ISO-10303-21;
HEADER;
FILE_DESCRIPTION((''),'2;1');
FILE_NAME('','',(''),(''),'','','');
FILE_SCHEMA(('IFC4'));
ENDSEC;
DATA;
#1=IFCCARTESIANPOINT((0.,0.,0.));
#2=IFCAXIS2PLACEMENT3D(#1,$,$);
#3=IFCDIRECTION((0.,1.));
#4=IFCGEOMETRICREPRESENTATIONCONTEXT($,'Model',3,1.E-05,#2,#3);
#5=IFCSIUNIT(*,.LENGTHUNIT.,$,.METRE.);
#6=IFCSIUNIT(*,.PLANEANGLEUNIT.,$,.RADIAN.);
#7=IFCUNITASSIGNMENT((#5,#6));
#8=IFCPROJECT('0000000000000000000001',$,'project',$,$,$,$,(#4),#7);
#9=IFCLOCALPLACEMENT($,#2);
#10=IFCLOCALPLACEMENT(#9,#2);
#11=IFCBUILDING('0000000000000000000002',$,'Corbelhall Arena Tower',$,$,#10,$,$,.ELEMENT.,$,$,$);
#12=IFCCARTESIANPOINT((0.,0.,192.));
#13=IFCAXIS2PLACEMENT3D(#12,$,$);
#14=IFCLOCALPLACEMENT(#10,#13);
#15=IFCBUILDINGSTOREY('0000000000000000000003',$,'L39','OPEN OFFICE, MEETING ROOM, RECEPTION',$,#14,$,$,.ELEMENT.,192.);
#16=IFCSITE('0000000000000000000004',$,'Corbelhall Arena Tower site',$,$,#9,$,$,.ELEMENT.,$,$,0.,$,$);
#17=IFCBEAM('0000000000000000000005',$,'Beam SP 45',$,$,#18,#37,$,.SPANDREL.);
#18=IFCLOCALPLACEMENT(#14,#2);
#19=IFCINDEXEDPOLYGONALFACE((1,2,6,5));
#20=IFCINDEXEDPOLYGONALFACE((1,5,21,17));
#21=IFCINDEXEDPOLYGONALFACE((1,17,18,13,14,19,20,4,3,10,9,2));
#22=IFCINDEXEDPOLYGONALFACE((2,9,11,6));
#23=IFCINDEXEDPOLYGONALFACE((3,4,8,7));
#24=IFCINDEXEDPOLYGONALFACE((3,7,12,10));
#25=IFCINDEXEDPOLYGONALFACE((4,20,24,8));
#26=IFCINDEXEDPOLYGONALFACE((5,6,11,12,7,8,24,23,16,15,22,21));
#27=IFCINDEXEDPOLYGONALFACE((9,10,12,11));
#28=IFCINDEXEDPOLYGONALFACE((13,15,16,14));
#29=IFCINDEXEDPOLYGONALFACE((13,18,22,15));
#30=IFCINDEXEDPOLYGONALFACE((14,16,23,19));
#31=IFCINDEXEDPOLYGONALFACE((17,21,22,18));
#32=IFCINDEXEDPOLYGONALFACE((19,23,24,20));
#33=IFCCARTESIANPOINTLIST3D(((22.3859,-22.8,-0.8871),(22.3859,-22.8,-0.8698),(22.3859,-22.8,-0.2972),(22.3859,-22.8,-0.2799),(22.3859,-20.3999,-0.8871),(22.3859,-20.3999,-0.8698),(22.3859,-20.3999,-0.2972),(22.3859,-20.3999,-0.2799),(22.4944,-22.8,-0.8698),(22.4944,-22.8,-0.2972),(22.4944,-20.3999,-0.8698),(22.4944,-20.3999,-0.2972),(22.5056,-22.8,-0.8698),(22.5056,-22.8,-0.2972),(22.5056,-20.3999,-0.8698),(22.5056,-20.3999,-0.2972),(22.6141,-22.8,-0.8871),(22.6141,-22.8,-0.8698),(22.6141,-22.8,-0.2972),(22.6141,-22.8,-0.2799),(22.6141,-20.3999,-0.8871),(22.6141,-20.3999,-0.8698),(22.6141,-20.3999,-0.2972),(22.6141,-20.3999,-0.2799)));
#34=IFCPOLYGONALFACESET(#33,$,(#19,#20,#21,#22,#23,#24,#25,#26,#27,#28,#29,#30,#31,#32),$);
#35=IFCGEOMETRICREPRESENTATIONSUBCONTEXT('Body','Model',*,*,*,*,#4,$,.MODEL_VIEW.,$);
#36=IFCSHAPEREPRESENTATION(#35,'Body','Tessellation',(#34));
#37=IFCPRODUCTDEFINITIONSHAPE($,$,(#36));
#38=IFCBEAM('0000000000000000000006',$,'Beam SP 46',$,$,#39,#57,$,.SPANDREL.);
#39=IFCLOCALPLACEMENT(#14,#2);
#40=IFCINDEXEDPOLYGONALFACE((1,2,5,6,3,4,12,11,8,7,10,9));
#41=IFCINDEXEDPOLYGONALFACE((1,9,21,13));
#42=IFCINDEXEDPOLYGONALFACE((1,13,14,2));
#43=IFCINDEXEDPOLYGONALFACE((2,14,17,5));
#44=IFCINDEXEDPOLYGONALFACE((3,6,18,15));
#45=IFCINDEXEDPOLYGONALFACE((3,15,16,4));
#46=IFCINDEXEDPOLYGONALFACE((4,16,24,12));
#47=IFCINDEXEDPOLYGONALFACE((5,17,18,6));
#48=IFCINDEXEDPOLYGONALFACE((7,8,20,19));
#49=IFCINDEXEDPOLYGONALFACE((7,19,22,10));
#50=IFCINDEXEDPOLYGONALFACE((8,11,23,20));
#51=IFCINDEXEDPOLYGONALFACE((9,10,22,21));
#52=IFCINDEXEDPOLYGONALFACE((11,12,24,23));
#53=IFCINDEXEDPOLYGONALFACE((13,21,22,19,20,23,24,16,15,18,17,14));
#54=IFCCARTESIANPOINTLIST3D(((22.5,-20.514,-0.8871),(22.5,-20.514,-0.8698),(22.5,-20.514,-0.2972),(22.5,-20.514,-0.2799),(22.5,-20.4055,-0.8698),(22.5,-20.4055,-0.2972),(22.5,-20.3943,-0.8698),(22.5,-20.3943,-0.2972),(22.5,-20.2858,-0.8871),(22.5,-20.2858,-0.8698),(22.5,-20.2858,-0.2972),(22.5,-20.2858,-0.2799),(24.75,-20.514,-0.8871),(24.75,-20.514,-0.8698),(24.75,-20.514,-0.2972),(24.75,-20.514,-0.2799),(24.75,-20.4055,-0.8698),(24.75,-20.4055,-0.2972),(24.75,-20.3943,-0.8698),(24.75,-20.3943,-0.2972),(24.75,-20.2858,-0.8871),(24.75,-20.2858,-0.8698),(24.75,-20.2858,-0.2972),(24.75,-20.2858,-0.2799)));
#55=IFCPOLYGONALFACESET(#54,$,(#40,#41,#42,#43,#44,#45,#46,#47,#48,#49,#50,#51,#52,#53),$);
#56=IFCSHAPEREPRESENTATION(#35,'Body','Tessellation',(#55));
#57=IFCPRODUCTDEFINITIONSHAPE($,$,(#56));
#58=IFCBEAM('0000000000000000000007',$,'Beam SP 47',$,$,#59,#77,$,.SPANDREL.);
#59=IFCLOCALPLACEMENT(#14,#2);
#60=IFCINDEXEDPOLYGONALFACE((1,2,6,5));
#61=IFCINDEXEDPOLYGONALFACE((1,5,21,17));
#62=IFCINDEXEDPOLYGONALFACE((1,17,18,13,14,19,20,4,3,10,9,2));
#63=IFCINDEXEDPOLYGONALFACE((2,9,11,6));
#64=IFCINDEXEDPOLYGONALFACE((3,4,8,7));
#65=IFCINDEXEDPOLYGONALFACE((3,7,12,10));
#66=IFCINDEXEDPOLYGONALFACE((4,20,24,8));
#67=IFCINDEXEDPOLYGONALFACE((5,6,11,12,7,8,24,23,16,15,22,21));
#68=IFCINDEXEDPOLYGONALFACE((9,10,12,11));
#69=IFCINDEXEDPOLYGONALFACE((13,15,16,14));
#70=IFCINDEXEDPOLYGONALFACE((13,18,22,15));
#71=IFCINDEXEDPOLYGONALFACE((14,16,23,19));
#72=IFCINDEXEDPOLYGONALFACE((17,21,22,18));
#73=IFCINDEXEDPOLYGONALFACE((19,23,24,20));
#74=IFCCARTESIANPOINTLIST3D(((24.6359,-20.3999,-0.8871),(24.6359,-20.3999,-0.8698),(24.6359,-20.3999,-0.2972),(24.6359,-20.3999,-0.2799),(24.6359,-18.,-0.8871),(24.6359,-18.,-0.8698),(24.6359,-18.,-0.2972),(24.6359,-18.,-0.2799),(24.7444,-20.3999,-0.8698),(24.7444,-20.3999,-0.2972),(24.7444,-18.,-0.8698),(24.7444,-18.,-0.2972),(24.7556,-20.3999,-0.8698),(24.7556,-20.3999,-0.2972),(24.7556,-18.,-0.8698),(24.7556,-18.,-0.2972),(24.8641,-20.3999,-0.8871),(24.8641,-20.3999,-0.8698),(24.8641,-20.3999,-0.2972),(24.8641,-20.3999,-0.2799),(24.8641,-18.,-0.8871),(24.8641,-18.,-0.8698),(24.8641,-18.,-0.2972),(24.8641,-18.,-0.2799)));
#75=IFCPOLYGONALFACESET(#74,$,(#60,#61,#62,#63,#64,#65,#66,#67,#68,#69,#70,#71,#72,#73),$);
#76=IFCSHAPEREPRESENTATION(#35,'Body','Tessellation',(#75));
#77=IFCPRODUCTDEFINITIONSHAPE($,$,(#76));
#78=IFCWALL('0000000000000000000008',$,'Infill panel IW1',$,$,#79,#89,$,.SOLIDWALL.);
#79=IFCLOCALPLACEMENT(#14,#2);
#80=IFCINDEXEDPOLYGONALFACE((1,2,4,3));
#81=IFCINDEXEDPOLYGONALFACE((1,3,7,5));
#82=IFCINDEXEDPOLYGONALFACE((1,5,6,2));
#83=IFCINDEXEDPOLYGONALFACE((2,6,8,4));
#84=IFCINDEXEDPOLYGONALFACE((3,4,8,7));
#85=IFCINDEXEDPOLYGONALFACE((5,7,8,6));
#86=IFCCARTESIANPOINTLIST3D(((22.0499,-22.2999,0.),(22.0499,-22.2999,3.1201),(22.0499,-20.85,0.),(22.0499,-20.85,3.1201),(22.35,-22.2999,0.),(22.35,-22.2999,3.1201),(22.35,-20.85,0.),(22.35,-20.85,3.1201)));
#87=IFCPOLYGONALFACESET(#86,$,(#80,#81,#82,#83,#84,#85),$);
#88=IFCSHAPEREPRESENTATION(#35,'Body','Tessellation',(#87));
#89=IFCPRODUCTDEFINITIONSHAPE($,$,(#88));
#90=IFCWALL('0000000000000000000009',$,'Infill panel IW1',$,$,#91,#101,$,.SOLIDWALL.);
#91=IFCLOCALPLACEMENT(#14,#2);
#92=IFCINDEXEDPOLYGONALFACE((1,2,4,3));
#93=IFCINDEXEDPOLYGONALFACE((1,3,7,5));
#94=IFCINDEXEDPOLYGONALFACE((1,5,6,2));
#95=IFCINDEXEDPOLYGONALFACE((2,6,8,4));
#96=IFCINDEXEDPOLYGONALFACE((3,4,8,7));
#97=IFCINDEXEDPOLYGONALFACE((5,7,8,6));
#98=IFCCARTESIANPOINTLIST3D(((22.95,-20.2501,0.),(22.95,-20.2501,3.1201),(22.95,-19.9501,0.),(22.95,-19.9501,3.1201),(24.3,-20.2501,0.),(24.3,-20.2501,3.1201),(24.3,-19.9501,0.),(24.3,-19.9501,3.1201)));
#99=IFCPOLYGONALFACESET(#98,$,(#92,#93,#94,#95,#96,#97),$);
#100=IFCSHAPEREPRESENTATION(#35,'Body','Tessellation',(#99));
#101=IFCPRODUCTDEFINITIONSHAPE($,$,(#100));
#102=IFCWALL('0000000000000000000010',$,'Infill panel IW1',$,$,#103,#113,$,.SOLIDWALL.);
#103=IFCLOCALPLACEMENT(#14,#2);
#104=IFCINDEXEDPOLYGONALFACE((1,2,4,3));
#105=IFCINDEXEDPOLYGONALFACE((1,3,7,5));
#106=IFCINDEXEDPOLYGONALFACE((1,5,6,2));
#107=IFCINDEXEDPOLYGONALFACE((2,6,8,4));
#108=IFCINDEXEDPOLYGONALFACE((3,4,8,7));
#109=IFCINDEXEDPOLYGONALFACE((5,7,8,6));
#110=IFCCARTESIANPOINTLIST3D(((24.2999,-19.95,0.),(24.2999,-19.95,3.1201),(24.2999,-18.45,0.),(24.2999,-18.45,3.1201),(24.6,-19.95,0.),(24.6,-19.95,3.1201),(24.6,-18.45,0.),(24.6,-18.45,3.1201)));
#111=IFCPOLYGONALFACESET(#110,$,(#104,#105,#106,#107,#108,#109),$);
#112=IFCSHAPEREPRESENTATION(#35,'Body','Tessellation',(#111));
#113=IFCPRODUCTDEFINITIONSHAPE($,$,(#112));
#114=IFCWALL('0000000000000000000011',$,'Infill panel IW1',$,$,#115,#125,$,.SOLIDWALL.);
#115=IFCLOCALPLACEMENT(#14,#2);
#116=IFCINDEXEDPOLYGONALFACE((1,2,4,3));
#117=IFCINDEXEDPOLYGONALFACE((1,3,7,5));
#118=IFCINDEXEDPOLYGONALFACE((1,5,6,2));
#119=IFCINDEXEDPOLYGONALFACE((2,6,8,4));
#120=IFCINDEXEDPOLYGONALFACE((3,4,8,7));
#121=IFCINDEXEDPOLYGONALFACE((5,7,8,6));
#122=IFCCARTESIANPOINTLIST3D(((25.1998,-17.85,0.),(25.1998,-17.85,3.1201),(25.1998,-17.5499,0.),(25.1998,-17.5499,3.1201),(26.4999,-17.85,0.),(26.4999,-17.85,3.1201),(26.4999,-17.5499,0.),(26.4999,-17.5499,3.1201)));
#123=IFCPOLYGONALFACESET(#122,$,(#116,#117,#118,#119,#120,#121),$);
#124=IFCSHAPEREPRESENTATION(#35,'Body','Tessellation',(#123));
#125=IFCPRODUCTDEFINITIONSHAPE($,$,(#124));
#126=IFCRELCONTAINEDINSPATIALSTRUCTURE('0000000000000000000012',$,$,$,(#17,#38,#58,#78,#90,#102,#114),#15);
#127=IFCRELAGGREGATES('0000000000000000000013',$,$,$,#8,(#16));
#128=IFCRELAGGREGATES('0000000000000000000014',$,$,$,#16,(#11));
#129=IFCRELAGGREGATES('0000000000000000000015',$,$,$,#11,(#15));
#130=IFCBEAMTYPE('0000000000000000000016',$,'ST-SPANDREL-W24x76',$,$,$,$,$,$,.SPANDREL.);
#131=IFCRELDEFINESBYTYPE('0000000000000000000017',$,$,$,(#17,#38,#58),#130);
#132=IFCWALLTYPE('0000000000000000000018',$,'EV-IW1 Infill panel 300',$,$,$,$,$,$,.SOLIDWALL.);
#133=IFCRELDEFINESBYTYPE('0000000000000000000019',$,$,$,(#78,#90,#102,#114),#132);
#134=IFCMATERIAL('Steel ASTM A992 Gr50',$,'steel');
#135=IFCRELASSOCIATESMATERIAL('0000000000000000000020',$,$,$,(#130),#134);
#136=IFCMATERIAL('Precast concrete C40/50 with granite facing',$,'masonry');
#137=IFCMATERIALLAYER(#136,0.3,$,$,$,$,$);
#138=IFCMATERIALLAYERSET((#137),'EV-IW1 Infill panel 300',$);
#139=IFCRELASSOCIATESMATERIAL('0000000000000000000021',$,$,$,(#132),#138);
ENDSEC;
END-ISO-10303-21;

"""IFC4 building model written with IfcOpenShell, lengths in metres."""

from ifc_helpers import new_model, si_unit, direction, frame, frame_2d, origin, origin_2d, place, context, subcontext, project, spatial, rectangle, i_section, extrude, material, layer, layer_set, material_profile, profile_set, type_object, element, save


model = new_model("IFC4")

# Units and contexts
model_context = context("Model", 3, precision=1e-05, world=origin(), true_north=direction((0.0, 1.0)))
body_context = subcontext(model_context, "Body", "Model", "MODEL_VIEW")
ifc_project = project(units=[si_unit("LENGTHUNIT", "METRE"), si_unit("PLANEANGLEUNIT", "RADIAN")], contexts=[model_context])

# Site, building, storey
site_placement = place(None, origin())
site = spatial("IfcSite", under=ifc_project, at=site_placement, Name="Corbelhall Arena Tower site", CompositionType="ELEMENT", RefElevation=0.0)
building_placement = place(site_placement, origin())
building = spatial("IfcBuilding", under=site, at=building_placement, Name="Corbelhall Arena Tower", CompositionType="ELEMENT")
storey_placement = place(building_placement, frame((0.0, 0.0, 192.0)))
storey = spatial("IfcBuildingStorey", under=building, at=storey_placement, Name="L39", Description="OPEN OFFICE, MEETING ROOM, RECEPTION", CompositionType="ELEMENT", Elevation=192.0)

# Beams
ifc_material_1 = material(Name="Steel ASTM A992 Gr50", Category="steel")
ifc_material_profile_1 = material_profile(ifc_material_1, i_section(OverallWidth=0.2283, OverallDepth=0.6072, WebThickness=0.0112, FlangeThickness=0.0173, at=origin_2d()))
ifc_profile_set_1 = profile_set([ifc_material_profile_1], Name="Steel ASTM A992 Gr50")
beam_type = type_object("IfcBeamType", Name="ST-SPANDREL-W24x76", PredefinedType="SPANDREL", material=ifc_profile_set_1)
beam_1_placement = place(storey_placement, frame((22.5, -20.3999, -0.5835), z_axis=(0.0, -1.0, 0.0), x_axis=(1.0, 0.0, 0.0)))
element("IfcBeam", 1, at=beam_1_placement, inside=storey, type_object=beam_type, Name="Beam SP 45", PredefinedType="SPANDREL", context=body_context, shape_type="SweptSolid", body=[
    extrude(i_section(OverallWidth=0.2283, OverallDepth=0.6072, WebThickness=0.0112, FlangeThickness=0.0173, at=origin_2d()), origin(), (0.0, 0.0, 1.0), 2.4001),
])
beam_2_placement = place(storey_placement, frame((24.75, -20.3999, -0.5835), z_axis=(-1.0, 0.0, 0.0), x_axis=(0.0, -1.0, 0.0)))
element("IfcBeam", 2, at=beam_2_placement, inside=storey, type_object=beam_type, Name="Beam SP 46", PredefinedType="SPANDREL", context=body_context, shape_type="SweptSolid", body=[
    extrude(i_section(OverallWidth=0.2283, OverallDepth=0.6072, WebThickness=0.0112, FlangeThickness=0.0173, at=origin_2d()), origin(), (0.0, 0.0, 1.0), 2.25),
])
beam_3_placement = place(storey_placement, frame((24.75, -18.0, -0.5835), z_axis=(0.0, -1.0, 0.0), x_axis=(1.0, 0.0, 0.0)))
element("IfcBeam", 3, at=beam_3_placement, inside=storey, type_object=beam_type, Name="Beam SP 47", PredefinedType="SPANDREL", context=body_context, shape_type="SweptSolid", body=[
    extrude(i_section(OverallWidth=0.2283, OverallDepth=0.6072, WebThickness=0.0112, FlangeThickness=0.0173, at=origin_2d()), origin(), (0.0, 0.0, 1.0), 2.3999),
])

# Shared definitions
ifc_material_2 = material(Name="Precast concrete C40/50 with granite facing", Category="masonry")
ifc_layer_1 = layer(ifc_material_2, 0.3)
ifc_layer_set_1 = layer_set([ifc_layer_1], Name="EV-IW1 Infill panel 300")
wall_type_1 = type_object("IfcWallType", Name="EV-IW1 Infill panel 300", PredefinedType="SOLIDWALL", material=ifc_layer_set_1)

# Walls
wall_1_placement = place(storey_placement, frame((22.2, -22.3, 0.0), z_axis=(0.0, 0.0, 1.0), x_axis=(0.0, 1.0, 0.0)))
element("IfcWall", 4, at=wall_1_placement, inside=storey, type_object=wall_type_1, Name="Infill panel IW1", PredefinedType="SOLIDWALL", context=body_context, shape_type="SweptSolid", body=[
    extrude(rectangle(XDim=1.45, YDim=0.3, at=frame_2d((0.7251, 0.0))), origin(), (0.0, 0.0, 1.0), 3.1201),
])
wall_2_placement = place(storey_placement, frame((22.95, -20.1001, 0.0), z_axis=(0.0, 0.0, 1.0), x_axis=(1.0, 0.0, 0.0)))
element("IfcWall", 5, at=wall_2_placement, inside=storey, type_object=wall_type_1, Name="Infill panel IW1", PredefinedType="SOLIDWALL", context=body_context, shape_type="SweptSolid", body=[
    extrude(rectangle(XDim=1.3501, YDim=0.3, at=frame_2d((0.675, 0.0))), origin(), (0.0, 0.0, 1.0), 3.1201),
])
wall_3_placement = place(storey_placement, frame((24.45, -19.95, 0.0), z_axis=(0.0, 0.0, 1.0), x_axis=(0.0, 1.0, 0.0)))
element("IfcWall", 6, at=wall_3_placement, inside=storey, type_object=wall_type_1, Name="Infill panel IW1", PredefinedType="SOLIDWALL", context=body_context, shape_type="SweptSolid", body=[
    extrude(rectangle(XDim=1.5, YDim=0.3, at=frame_2d((0.75, 0.0))), origin(), (0.0, 0.0, 1.0), 3.1201),
])
wall_4_placement = place(storey_placement, frame((25.2, -17.7, 0.0), z_axis=(0.0, 0.0, 1.0), x_axis=(1.0, 0.0, 0.0)))
element("IfcWall", 7, at=wall_4_placement, inside=storey, type_object=wall_type_1, Name="Infill panel IW1", PredefinedType="SOLIDWALL", context=body_context, shape_type="SweptSolid", body=[
    extrude(rectangle(XDim=1.3, YDim=0.3, at=frame_2d((0.6499, 0.0))), origin(), (0.0, 0.0, 1.0), 3.1201),
])

save(model, "model.ifc")
